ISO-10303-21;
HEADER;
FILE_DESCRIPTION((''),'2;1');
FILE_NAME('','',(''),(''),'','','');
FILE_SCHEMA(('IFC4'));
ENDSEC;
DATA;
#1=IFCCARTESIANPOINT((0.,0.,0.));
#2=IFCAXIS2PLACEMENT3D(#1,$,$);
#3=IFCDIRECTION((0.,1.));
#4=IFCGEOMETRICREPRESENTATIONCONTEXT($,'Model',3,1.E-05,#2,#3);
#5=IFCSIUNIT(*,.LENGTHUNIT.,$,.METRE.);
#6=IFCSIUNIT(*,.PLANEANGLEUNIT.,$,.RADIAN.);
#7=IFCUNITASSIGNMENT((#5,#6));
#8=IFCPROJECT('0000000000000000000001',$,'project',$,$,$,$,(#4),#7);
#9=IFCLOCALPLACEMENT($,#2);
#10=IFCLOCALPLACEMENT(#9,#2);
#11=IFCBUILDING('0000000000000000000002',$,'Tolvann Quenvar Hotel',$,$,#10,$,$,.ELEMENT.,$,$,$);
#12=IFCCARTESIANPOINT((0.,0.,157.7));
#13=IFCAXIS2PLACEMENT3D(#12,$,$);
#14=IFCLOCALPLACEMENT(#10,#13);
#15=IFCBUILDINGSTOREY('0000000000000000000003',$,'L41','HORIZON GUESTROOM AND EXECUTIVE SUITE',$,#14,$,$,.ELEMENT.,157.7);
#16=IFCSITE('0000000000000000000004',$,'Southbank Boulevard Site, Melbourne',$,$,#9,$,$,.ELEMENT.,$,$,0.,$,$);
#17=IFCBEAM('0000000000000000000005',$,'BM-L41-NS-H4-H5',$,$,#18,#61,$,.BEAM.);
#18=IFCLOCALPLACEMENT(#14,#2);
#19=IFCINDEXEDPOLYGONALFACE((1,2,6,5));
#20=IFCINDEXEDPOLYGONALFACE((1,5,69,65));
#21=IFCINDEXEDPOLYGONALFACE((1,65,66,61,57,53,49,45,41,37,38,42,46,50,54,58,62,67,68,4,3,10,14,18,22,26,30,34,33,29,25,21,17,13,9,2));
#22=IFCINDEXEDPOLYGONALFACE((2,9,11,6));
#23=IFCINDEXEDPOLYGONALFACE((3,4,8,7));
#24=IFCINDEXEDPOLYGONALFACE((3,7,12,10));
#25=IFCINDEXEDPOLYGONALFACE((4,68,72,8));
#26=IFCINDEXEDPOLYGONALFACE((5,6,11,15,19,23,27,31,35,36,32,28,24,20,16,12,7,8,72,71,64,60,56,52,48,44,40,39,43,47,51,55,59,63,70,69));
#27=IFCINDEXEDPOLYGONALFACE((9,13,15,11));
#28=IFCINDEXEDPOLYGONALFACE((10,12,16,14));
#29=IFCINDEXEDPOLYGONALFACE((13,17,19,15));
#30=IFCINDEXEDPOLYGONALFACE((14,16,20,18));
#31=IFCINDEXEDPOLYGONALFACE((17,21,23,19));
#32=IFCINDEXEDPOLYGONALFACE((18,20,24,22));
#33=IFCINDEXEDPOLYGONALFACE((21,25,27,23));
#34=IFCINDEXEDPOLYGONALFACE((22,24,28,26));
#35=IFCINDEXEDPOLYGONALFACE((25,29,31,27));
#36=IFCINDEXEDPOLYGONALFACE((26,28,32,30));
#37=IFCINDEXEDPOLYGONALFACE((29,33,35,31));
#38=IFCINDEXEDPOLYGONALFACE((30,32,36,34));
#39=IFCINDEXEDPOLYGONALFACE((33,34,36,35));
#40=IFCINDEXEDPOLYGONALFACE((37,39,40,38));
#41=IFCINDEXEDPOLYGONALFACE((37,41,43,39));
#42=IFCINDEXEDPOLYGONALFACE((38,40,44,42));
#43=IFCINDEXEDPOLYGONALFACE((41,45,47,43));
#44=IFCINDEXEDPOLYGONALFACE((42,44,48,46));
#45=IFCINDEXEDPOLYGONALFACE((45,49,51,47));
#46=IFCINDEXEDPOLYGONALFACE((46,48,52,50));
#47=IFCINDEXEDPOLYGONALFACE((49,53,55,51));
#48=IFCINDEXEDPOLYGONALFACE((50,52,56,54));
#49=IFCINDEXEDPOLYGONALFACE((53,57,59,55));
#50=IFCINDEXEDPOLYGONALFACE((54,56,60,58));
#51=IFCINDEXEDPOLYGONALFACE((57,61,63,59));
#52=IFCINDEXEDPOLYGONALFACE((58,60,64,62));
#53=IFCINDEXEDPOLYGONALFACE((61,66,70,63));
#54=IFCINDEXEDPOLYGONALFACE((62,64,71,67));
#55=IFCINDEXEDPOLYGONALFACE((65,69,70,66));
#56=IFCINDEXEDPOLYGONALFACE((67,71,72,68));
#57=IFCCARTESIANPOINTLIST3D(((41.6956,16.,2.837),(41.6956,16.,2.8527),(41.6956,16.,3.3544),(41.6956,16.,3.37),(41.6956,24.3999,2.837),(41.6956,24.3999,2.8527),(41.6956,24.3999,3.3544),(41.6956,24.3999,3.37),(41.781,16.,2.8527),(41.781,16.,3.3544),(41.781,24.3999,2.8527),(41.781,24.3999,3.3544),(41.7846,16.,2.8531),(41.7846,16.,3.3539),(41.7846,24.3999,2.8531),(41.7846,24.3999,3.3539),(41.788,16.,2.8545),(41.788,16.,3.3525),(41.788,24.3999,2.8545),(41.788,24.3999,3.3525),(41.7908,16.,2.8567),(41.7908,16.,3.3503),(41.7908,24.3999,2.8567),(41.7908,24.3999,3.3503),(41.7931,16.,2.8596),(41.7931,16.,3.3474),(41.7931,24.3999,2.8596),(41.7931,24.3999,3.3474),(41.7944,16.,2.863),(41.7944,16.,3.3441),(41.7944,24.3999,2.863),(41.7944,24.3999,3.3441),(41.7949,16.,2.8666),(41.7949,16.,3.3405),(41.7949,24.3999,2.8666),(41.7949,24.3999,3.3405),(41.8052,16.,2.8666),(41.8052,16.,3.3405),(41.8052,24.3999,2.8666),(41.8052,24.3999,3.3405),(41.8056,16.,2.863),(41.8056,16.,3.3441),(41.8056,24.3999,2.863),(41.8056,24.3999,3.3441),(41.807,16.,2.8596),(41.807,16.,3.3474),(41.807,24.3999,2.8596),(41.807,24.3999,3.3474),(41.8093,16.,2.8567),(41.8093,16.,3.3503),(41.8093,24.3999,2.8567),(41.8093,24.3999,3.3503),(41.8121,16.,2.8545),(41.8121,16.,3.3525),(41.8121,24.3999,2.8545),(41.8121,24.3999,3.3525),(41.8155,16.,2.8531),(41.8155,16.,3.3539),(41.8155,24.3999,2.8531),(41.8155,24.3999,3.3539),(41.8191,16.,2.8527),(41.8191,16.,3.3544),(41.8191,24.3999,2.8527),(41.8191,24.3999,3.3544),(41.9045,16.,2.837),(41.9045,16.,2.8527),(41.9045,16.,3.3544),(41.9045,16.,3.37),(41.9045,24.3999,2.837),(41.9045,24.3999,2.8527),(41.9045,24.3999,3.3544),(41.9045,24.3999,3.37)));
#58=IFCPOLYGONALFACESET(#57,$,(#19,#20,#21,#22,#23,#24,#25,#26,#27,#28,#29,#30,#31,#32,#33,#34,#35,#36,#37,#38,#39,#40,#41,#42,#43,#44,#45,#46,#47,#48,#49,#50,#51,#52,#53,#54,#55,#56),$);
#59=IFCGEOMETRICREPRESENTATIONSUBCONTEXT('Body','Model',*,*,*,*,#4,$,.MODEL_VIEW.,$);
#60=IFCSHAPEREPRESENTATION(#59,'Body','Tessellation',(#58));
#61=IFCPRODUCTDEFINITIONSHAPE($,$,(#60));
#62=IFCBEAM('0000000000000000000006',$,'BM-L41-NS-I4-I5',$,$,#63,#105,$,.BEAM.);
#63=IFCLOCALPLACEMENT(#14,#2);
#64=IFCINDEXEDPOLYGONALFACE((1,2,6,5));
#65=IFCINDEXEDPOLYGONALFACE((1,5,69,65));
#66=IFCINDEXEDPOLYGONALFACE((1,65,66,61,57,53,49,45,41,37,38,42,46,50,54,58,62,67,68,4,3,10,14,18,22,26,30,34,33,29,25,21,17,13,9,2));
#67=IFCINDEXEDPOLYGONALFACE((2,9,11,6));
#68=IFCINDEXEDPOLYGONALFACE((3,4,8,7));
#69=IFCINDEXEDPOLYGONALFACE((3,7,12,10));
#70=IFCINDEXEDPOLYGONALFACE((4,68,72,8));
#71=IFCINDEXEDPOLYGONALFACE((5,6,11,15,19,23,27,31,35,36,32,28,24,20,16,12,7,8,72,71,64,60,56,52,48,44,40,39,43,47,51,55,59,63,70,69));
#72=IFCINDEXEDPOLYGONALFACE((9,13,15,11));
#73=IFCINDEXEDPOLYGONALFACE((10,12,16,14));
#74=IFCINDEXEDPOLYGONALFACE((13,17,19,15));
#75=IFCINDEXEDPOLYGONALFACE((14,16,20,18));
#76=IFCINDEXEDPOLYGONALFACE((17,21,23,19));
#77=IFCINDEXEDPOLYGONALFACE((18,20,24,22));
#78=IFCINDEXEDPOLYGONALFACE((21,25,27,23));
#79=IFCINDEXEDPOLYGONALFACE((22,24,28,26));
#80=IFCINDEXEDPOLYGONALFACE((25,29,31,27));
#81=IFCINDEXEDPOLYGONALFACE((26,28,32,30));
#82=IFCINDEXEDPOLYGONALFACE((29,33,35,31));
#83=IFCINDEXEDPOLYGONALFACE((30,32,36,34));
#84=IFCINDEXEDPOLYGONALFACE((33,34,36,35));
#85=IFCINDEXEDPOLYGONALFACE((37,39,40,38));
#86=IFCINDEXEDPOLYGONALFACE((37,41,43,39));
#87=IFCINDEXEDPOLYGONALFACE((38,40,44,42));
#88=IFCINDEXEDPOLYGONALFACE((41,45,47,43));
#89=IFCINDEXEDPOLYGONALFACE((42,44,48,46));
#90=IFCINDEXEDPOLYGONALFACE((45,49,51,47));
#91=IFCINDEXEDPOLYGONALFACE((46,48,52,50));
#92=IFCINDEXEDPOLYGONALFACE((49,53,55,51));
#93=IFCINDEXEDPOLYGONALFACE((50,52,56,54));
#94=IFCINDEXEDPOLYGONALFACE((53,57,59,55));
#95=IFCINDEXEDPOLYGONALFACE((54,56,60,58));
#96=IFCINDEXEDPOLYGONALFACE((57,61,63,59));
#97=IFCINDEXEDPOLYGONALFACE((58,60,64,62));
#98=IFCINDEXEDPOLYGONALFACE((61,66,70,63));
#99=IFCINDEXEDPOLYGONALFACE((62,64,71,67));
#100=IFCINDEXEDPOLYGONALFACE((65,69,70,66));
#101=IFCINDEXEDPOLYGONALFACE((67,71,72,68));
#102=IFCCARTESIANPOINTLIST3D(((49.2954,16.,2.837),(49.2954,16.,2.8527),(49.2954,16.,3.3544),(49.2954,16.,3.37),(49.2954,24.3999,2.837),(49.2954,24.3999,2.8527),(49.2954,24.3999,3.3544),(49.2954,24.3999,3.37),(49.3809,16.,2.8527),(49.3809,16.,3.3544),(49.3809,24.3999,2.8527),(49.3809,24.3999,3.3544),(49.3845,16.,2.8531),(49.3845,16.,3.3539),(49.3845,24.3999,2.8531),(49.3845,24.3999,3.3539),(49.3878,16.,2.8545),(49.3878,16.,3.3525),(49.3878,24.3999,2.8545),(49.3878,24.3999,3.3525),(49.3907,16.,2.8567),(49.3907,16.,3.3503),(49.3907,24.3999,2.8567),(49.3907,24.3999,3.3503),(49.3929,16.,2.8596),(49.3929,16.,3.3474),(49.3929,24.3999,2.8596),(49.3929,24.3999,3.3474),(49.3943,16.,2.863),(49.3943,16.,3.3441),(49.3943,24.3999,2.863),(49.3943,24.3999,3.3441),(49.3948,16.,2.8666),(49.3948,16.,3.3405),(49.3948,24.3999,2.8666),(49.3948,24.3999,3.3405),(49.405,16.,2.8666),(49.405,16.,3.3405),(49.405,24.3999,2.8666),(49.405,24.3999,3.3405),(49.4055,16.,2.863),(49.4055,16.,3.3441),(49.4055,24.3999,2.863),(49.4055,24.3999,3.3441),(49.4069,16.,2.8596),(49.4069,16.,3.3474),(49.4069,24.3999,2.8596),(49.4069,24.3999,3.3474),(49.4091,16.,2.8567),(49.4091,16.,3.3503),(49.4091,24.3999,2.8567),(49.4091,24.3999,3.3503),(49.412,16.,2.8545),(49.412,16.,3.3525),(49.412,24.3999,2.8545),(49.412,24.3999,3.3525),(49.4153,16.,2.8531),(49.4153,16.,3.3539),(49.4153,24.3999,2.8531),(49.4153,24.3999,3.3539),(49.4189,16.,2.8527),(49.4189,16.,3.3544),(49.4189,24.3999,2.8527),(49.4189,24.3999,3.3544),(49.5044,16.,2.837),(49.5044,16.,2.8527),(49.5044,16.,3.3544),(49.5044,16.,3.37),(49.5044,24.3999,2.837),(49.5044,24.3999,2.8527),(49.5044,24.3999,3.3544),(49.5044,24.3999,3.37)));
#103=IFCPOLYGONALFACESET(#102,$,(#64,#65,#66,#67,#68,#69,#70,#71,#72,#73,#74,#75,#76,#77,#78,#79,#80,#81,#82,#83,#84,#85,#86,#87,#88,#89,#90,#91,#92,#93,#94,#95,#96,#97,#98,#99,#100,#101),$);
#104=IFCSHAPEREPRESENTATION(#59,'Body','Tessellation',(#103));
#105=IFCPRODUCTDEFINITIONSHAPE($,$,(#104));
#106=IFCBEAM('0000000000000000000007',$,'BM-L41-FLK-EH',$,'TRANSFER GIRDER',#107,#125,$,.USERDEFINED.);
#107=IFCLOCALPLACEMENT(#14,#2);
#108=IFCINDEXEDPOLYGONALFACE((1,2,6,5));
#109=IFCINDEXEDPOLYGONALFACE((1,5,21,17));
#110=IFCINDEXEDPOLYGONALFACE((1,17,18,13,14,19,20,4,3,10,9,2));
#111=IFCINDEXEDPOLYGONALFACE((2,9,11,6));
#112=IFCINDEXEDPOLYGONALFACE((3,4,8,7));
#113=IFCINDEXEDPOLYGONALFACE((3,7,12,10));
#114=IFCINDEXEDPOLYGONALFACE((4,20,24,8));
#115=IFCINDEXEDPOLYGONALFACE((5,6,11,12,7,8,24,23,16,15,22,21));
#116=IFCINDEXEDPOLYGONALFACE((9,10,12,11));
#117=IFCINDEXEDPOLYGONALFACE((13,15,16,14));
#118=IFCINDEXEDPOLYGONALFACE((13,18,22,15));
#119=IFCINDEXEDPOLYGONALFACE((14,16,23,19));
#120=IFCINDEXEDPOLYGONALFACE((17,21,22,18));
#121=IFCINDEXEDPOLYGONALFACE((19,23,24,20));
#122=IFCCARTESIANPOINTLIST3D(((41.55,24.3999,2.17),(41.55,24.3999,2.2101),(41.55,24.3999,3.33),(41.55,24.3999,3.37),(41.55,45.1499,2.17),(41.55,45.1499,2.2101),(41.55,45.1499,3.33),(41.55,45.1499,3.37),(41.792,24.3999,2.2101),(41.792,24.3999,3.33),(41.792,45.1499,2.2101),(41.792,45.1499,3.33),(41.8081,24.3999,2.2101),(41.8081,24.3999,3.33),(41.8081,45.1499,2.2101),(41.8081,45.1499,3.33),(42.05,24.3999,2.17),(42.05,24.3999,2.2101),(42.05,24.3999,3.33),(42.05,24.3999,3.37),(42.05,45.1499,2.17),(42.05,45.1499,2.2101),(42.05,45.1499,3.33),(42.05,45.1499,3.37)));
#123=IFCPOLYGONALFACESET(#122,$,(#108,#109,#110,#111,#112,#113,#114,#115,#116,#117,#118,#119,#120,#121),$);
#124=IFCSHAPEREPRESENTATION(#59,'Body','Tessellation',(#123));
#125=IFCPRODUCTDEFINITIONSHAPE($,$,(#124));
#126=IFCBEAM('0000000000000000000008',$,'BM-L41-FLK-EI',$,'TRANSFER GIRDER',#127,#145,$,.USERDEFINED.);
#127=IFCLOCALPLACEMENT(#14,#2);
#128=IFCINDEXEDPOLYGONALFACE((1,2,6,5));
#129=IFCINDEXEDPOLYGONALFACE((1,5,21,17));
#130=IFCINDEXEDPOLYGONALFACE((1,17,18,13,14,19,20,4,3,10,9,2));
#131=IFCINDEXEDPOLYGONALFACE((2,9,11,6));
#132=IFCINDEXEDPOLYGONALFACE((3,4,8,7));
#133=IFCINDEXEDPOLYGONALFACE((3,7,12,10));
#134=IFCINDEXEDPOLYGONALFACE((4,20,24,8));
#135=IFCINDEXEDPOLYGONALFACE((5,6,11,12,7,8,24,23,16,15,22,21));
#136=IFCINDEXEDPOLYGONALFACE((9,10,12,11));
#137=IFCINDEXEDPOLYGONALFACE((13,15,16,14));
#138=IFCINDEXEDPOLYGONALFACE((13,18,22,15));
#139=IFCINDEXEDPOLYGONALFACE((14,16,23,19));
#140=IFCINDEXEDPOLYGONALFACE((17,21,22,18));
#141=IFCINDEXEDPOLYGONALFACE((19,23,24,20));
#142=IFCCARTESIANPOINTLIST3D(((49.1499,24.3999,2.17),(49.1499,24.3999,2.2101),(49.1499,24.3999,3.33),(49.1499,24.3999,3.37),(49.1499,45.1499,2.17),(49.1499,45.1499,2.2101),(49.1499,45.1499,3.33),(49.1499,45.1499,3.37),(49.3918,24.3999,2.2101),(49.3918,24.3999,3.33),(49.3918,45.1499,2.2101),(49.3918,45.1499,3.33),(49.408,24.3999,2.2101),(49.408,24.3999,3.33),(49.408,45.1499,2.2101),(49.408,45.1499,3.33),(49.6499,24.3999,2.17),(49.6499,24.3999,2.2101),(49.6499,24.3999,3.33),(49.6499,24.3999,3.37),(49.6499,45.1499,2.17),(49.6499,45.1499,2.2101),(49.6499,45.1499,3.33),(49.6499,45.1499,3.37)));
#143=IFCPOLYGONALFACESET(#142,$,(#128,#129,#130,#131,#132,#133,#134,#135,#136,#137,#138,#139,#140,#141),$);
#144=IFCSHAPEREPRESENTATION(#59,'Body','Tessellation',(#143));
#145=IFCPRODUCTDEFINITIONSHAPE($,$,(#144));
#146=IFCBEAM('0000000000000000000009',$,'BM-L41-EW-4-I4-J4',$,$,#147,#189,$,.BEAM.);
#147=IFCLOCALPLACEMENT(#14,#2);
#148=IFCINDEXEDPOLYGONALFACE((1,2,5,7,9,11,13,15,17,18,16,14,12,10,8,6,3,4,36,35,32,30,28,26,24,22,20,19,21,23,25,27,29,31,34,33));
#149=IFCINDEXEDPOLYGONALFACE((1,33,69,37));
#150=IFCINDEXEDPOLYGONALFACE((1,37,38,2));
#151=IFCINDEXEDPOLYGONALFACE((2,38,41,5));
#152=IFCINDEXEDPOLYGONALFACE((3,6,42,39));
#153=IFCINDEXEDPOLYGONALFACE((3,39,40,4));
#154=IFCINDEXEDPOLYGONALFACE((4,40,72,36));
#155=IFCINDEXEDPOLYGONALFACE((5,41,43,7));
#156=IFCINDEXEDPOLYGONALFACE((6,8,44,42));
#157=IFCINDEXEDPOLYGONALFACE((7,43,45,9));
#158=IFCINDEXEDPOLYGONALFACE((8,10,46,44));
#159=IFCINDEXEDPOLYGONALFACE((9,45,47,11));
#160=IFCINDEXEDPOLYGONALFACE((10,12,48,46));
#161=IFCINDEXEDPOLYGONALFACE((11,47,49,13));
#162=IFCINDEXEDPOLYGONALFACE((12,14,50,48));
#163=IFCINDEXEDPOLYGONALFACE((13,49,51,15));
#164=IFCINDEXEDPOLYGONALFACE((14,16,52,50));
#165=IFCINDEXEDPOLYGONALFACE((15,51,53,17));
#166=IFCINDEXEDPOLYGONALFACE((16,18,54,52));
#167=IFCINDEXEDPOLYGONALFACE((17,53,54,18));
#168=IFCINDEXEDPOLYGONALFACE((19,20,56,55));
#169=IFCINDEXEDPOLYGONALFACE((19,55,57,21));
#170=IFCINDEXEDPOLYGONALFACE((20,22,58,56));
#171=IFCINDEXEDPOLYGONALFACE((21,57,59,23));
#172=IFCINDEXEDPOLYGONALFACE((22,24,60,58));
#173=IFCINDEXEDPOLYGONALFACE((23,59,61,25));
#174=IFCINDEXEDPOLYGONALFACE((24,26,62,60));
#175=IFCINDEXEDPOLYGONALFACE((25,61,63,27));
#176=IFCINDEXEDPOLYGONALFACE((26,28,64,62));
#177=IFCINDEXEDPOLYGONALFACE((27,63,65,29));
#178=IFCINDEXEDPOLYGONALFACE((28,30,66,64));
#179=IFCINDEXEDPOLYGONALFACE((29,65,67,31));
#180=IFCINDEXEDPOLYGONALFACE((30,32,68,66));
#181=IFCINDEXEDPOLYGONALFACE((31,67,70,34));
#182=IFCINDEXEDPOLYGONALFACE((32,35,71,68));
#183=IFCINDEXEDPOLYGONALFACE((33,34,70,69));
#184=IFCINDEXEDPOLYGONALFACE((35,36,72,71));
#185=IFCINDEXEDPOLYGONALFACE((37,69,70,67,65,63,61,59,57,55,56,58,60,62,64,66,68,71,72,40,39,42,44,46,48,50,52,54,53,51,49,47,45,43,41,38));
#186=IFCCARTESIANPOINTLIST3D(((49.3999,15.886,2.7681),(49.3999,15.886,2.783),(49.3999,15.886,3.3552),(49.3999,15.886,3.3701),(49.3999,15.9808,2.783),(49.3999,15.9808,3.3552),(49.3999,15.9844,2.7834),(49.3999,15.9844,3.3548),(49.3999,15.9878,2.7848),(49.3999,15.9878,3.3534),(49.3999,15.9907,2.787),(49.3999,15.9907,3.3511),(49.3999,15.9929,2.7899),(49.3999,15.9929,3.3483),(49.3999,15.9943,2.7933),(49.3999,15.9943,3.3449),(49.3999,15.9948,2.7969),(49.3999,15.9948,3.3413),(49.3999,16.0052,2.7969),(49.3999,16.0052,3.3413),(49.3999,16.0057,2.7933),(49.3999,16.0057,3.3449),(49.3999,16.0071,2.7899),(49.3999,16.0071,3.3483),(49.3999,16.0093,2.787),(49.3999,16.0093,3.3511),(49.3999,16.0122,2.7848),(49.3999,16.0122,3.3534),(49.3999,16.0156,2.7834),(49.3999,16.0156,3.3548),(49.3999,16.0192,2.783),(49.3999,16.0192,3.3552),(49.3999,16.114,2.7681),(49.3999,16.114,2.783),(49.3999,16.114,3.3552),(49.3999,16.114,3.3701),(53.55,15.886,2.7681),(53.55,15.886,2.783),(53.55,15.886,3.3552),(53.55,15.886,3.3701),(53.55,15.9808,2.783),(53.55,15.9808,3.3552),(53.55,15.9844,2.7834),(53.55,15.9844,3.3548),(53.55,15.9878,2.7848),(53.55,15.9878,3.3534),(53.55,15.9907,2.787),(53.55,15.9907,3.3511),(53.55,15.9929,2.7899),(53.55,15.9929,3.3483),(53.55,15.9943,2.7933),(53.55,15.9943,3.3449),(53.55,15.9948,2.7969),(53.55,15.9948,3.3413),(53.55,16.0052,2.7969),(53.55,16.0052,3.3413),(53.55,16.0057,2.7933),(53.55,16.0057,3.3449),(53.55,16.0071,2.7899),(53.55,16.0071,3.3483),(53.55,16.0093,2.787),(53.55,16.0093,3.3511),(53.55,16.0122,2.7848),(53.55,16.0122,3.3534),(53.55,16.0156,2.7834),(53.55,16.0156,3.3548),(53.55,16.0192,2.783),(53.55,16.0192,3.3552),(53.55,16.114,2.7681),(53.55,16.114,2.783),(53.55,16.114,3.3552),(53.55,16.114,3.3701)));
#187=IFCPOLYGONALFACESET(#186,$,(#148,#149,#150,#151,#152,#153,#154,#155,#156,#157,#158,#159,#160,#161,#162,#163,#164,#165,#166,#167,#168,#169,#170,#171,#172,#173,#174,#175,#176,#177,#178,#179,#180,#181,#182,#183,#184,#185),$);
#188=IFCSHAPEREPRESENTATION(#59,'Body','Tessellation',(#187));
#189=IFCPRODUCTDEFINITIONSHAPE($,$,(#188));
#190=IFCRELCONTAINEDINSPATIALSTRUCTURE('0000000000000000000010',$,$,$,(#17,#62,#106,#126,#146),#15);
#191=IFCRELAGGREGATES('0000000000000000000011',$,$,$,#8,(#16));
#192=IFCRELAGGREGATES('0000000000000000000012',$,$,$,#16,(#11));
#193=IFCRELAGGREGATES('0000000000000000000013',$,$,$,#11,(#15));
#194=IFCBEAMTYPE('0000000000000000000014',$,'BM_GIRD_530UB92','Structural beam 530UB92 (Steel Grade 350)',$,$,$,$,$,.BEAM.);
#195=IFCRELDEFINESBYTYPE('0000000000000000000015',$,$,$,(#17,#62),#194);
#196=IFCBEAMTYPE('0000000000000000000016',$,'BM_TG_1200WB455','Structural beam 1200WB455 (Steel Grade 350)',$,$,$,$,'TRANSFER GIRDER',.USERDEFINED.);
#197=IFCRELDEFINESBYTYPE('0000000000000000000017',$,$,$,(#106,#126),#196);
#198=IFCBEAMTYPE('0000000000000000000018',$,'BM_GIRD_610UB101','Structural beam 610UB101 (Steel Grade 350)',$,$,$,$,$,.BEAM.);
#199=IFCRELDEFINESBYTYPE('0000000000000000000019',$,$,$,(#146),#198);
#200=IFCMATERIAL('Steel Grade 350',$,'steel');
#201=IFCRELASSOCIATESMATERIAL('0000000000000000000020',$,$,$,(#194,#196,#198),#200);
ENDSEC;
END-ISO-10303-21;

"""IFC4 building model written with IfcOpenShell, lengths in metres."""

from ifc_helpers import new_model, si_unit, direction, frame, origin, origin_2d, place, context, subcontext, project, spatial, i_section, extrude, source, transform, mapped, material, material_profile, profile_set, type_object, type_shapes, element, save


model = new_model("IFC4")

# Units and contexts
model_context = context("Model", 3, precision=1e-05, world=origin(), true_north=direction((0.0, 1.0)))
body_context = subcontext(model_context, "Body", "Model", "MODEL_VIEW")
ifc_project = project(units=[si_unit("LENGTHUNIT", "METRE"), si_unit("PLANEANGLEUNIT", "RADIAN")], contexts=[model_context])

# Site, building, storey
site_placement = place(None, origin())
site = spatial("IfcSite", under=ifc_project, at=site_placement, Name="Southbank Boulevard Site, Melbourne", CompositionType="ELEMENT", RefElevation=0.0)
building_placement = place(site_placement, origin())
building = spatial("IfcBuilding", under=site, at=building_placement, Name="Tolvann Quenvar Hotel", CompositionType="ELEMENT")
storey_placement = place(building_placement, frame((0.0, 0.0, 157.7)))
storey = spatial("IfcBuildingStorey", under=building, at=storey_placement, Name="L41", Description="HORIZON GUESTROOM AND EXECUTIVE SUITE", CompositionType="ELEMENT", Elevation=157.7)

# Shared definitions
ifc_material_1 = material(Name="Steel Grade 350", Category="steel")

# Beams
ifc_material_profile_1 = material_profile(ifc_material_1, i_section(OverallWidth=0.209, OverallDepth=0.533, WebThickness=0.0103, FlangeThickness=0.0156, FilletRadius=0.0139, at=origin_2d()), Name="530UB92")
ifc_profile_set_1 = profile_set([ifc_material_profile_1], Name="Steel Grade 350")
beam_type_1 = type_object("IfcBeamType", Name="BM_GIRD_530UB92", Description="Structural beam 530UB92 (Steel Grade 350)", PredefinedType="BEAM", material=ifc_profile_set_1)
shared_shape_1 = source(origin(), body_context, "Body", "SweptSolid", [
    extrude(i_section(OverallWidth=0.209, OverallDepth=0.533, WebThickness=0.0103, FlangeThickness=0.0156, FilletRadius=0.0139, at=origin_2d()), origin(), (0.0, 0.0, 1.0), 8.3999),
])
type_shapes(beam_type_1, [shared_shape_1])
for number, where, z_axis, x_axis, name in (
    (1, (41.8, 16.0, 3.1035), (0.0, 1.0, 0.0), (-1.0, 0.0, 0.0), "BM-L41-NS-H4-H5"),
    (2, (49.3999, 16.0, 3.1035), (0.0, 1.0, 0.0), (-1.0, 0.0, 0.0), "BM-L41-NS-I4-I5"),
):
    element("IfcBeam", number, at=place(storey_placement, frame(where, z_axis=z_axis, x_axis=x_axis)), inside=storey, type_object=beam_type_1, Name=name, PredefinedType="BEAM", context=body_context, shape_type="MappedRepresentation", body=[
        mapped(shared_shape_1, transform((0.0, 0.0, 0.0), x_axis=(1.0, 0.0, 0.0), y_axis=(0.0, 1.0, 0.0), z_axis=(0.0, 0.0, 1.0), scale=1.0)),
    ])
ifc_material_profile_2 = material_profile(ifc_material_1, i_section(OverallWidth=0.5, OverallDepth=1.2, WebThickness=0.0161, FlangeThickness=0.04, at=origin_2d()), Name="1200WB455")
ifc_profile_set_2 = profile_set([ifc_material_profile_2], Name="Steel Grade 350")
beam_type_2 = type_object("IfcBeamType", Name="BM_TG_1200WB455", Description="Structural beam 1200WB455 (Steel Grade 350)", ElementType="TRANSFER GIRDER", PredefinedType="USERDEFINED", material=ifc_profile_set_2)
shared_shape_2 = source(origin(), body_context, "Body", "SweptSolid", [
    extrude(i_section(OverallWidth=0.5, OverallDepth=1.2, WebThickness=0.0161, FlangeThickness=0.04, at=origin_2d()), origin(), (0.0, 0.0, 1.0), 20.75),
])
type_shapes(beam_type_2, [shared_shape_2])
for number, where, z_axis, x_axis, name in (
    (3, (41.8, 24.3999, 2.77), (0.0, 1.0, 0.0), (-1.0, 0.0, 0.0), "BM-L41-FLK-EH"),
    (4, (49.3999, 24.3999, 2.77), (0.0, 1.0, 0.0), (-1.0, 0.0, 0.0), "BM-L41-FLK-EI"),
):
    element("IfcBeam", number, at=place(storey_placement, frame(where, z_axis=z_axis, x_axis=x_axis)), inside=storey, type_object=beam_type_2, Name=name, ObjectType="TRANSFER GIRDER", PredefinedType="USERDEFINED", context=body_context, shape_type="MappedRepresentation", body=[
        mapped(shared_shape_2, transform((0.0, 0.0, 0.0), x_axis=(1.0, 0.0, 0.0), y_axis=(0.0, 1.0, 0.0), z_axis=(0.0, 0.0, 1.0), scale=1.0)),
    ])
ifc_material_profile_3 = material_profile(ifc_material_1, i_section(OverallWidth=0.228, OverallDepth=0.6021, WebThickness=0.0105, FlangeThickness=0.0149, FilletRadius=0.0139, at=origin_2d()), Name="610UB101")
ifc_profile_set_3 = profile_set([ifc_material_profile_3], Name="Steel Grade 350")
beam_type_3 = type_object("IfcBeamType", Name="BM_GIRD_610UB101", Description="Structural beam 610UB101 (Steel Grade 350)", PredefinedType="BEAM", material=ifc_profile_set_3)
shared_shape_3 = source(origin(), body_context, "Body", "SweptSolid", [
    extrude(i_section(OverallWidth=0.228, OverallDepth=0.6021, WebThickness=0.0105, FlangeThickness=0.0149, FilletRadius=0.0139, at=origin_2d()), origin(), (0.0, 0.0, 1.0), 4.1501),
])
for number, where, z_axis, x_axis, name in (
    (5, (49.3999, 16.0, 3.0691), (1.0, 0.0, 0.0), (0.0, 1.0, 0.0), "BM-L41-EW-4-I4-J4"),
):
    element("IfcBeam", number, at=place(storey_placement, frame(where, z_axis=z_axis, x_axis=x_axis)), inside=storey, type_object=beam_type_3, Name=name, PredefinedType="BEAM", context=body_context, shape_type="MappedRepresentation", body=[
        mapped(shared_shape_3, transform((0.0, 0.0, 0.0), x_axis=(1.0, 0.0, 0.0), y_axis=(0.0, 1.0, 0.0), z_axis=(0.0, 0.0, 1.0), scale=1.0)),
    ])

save(model, "model.ifc")
